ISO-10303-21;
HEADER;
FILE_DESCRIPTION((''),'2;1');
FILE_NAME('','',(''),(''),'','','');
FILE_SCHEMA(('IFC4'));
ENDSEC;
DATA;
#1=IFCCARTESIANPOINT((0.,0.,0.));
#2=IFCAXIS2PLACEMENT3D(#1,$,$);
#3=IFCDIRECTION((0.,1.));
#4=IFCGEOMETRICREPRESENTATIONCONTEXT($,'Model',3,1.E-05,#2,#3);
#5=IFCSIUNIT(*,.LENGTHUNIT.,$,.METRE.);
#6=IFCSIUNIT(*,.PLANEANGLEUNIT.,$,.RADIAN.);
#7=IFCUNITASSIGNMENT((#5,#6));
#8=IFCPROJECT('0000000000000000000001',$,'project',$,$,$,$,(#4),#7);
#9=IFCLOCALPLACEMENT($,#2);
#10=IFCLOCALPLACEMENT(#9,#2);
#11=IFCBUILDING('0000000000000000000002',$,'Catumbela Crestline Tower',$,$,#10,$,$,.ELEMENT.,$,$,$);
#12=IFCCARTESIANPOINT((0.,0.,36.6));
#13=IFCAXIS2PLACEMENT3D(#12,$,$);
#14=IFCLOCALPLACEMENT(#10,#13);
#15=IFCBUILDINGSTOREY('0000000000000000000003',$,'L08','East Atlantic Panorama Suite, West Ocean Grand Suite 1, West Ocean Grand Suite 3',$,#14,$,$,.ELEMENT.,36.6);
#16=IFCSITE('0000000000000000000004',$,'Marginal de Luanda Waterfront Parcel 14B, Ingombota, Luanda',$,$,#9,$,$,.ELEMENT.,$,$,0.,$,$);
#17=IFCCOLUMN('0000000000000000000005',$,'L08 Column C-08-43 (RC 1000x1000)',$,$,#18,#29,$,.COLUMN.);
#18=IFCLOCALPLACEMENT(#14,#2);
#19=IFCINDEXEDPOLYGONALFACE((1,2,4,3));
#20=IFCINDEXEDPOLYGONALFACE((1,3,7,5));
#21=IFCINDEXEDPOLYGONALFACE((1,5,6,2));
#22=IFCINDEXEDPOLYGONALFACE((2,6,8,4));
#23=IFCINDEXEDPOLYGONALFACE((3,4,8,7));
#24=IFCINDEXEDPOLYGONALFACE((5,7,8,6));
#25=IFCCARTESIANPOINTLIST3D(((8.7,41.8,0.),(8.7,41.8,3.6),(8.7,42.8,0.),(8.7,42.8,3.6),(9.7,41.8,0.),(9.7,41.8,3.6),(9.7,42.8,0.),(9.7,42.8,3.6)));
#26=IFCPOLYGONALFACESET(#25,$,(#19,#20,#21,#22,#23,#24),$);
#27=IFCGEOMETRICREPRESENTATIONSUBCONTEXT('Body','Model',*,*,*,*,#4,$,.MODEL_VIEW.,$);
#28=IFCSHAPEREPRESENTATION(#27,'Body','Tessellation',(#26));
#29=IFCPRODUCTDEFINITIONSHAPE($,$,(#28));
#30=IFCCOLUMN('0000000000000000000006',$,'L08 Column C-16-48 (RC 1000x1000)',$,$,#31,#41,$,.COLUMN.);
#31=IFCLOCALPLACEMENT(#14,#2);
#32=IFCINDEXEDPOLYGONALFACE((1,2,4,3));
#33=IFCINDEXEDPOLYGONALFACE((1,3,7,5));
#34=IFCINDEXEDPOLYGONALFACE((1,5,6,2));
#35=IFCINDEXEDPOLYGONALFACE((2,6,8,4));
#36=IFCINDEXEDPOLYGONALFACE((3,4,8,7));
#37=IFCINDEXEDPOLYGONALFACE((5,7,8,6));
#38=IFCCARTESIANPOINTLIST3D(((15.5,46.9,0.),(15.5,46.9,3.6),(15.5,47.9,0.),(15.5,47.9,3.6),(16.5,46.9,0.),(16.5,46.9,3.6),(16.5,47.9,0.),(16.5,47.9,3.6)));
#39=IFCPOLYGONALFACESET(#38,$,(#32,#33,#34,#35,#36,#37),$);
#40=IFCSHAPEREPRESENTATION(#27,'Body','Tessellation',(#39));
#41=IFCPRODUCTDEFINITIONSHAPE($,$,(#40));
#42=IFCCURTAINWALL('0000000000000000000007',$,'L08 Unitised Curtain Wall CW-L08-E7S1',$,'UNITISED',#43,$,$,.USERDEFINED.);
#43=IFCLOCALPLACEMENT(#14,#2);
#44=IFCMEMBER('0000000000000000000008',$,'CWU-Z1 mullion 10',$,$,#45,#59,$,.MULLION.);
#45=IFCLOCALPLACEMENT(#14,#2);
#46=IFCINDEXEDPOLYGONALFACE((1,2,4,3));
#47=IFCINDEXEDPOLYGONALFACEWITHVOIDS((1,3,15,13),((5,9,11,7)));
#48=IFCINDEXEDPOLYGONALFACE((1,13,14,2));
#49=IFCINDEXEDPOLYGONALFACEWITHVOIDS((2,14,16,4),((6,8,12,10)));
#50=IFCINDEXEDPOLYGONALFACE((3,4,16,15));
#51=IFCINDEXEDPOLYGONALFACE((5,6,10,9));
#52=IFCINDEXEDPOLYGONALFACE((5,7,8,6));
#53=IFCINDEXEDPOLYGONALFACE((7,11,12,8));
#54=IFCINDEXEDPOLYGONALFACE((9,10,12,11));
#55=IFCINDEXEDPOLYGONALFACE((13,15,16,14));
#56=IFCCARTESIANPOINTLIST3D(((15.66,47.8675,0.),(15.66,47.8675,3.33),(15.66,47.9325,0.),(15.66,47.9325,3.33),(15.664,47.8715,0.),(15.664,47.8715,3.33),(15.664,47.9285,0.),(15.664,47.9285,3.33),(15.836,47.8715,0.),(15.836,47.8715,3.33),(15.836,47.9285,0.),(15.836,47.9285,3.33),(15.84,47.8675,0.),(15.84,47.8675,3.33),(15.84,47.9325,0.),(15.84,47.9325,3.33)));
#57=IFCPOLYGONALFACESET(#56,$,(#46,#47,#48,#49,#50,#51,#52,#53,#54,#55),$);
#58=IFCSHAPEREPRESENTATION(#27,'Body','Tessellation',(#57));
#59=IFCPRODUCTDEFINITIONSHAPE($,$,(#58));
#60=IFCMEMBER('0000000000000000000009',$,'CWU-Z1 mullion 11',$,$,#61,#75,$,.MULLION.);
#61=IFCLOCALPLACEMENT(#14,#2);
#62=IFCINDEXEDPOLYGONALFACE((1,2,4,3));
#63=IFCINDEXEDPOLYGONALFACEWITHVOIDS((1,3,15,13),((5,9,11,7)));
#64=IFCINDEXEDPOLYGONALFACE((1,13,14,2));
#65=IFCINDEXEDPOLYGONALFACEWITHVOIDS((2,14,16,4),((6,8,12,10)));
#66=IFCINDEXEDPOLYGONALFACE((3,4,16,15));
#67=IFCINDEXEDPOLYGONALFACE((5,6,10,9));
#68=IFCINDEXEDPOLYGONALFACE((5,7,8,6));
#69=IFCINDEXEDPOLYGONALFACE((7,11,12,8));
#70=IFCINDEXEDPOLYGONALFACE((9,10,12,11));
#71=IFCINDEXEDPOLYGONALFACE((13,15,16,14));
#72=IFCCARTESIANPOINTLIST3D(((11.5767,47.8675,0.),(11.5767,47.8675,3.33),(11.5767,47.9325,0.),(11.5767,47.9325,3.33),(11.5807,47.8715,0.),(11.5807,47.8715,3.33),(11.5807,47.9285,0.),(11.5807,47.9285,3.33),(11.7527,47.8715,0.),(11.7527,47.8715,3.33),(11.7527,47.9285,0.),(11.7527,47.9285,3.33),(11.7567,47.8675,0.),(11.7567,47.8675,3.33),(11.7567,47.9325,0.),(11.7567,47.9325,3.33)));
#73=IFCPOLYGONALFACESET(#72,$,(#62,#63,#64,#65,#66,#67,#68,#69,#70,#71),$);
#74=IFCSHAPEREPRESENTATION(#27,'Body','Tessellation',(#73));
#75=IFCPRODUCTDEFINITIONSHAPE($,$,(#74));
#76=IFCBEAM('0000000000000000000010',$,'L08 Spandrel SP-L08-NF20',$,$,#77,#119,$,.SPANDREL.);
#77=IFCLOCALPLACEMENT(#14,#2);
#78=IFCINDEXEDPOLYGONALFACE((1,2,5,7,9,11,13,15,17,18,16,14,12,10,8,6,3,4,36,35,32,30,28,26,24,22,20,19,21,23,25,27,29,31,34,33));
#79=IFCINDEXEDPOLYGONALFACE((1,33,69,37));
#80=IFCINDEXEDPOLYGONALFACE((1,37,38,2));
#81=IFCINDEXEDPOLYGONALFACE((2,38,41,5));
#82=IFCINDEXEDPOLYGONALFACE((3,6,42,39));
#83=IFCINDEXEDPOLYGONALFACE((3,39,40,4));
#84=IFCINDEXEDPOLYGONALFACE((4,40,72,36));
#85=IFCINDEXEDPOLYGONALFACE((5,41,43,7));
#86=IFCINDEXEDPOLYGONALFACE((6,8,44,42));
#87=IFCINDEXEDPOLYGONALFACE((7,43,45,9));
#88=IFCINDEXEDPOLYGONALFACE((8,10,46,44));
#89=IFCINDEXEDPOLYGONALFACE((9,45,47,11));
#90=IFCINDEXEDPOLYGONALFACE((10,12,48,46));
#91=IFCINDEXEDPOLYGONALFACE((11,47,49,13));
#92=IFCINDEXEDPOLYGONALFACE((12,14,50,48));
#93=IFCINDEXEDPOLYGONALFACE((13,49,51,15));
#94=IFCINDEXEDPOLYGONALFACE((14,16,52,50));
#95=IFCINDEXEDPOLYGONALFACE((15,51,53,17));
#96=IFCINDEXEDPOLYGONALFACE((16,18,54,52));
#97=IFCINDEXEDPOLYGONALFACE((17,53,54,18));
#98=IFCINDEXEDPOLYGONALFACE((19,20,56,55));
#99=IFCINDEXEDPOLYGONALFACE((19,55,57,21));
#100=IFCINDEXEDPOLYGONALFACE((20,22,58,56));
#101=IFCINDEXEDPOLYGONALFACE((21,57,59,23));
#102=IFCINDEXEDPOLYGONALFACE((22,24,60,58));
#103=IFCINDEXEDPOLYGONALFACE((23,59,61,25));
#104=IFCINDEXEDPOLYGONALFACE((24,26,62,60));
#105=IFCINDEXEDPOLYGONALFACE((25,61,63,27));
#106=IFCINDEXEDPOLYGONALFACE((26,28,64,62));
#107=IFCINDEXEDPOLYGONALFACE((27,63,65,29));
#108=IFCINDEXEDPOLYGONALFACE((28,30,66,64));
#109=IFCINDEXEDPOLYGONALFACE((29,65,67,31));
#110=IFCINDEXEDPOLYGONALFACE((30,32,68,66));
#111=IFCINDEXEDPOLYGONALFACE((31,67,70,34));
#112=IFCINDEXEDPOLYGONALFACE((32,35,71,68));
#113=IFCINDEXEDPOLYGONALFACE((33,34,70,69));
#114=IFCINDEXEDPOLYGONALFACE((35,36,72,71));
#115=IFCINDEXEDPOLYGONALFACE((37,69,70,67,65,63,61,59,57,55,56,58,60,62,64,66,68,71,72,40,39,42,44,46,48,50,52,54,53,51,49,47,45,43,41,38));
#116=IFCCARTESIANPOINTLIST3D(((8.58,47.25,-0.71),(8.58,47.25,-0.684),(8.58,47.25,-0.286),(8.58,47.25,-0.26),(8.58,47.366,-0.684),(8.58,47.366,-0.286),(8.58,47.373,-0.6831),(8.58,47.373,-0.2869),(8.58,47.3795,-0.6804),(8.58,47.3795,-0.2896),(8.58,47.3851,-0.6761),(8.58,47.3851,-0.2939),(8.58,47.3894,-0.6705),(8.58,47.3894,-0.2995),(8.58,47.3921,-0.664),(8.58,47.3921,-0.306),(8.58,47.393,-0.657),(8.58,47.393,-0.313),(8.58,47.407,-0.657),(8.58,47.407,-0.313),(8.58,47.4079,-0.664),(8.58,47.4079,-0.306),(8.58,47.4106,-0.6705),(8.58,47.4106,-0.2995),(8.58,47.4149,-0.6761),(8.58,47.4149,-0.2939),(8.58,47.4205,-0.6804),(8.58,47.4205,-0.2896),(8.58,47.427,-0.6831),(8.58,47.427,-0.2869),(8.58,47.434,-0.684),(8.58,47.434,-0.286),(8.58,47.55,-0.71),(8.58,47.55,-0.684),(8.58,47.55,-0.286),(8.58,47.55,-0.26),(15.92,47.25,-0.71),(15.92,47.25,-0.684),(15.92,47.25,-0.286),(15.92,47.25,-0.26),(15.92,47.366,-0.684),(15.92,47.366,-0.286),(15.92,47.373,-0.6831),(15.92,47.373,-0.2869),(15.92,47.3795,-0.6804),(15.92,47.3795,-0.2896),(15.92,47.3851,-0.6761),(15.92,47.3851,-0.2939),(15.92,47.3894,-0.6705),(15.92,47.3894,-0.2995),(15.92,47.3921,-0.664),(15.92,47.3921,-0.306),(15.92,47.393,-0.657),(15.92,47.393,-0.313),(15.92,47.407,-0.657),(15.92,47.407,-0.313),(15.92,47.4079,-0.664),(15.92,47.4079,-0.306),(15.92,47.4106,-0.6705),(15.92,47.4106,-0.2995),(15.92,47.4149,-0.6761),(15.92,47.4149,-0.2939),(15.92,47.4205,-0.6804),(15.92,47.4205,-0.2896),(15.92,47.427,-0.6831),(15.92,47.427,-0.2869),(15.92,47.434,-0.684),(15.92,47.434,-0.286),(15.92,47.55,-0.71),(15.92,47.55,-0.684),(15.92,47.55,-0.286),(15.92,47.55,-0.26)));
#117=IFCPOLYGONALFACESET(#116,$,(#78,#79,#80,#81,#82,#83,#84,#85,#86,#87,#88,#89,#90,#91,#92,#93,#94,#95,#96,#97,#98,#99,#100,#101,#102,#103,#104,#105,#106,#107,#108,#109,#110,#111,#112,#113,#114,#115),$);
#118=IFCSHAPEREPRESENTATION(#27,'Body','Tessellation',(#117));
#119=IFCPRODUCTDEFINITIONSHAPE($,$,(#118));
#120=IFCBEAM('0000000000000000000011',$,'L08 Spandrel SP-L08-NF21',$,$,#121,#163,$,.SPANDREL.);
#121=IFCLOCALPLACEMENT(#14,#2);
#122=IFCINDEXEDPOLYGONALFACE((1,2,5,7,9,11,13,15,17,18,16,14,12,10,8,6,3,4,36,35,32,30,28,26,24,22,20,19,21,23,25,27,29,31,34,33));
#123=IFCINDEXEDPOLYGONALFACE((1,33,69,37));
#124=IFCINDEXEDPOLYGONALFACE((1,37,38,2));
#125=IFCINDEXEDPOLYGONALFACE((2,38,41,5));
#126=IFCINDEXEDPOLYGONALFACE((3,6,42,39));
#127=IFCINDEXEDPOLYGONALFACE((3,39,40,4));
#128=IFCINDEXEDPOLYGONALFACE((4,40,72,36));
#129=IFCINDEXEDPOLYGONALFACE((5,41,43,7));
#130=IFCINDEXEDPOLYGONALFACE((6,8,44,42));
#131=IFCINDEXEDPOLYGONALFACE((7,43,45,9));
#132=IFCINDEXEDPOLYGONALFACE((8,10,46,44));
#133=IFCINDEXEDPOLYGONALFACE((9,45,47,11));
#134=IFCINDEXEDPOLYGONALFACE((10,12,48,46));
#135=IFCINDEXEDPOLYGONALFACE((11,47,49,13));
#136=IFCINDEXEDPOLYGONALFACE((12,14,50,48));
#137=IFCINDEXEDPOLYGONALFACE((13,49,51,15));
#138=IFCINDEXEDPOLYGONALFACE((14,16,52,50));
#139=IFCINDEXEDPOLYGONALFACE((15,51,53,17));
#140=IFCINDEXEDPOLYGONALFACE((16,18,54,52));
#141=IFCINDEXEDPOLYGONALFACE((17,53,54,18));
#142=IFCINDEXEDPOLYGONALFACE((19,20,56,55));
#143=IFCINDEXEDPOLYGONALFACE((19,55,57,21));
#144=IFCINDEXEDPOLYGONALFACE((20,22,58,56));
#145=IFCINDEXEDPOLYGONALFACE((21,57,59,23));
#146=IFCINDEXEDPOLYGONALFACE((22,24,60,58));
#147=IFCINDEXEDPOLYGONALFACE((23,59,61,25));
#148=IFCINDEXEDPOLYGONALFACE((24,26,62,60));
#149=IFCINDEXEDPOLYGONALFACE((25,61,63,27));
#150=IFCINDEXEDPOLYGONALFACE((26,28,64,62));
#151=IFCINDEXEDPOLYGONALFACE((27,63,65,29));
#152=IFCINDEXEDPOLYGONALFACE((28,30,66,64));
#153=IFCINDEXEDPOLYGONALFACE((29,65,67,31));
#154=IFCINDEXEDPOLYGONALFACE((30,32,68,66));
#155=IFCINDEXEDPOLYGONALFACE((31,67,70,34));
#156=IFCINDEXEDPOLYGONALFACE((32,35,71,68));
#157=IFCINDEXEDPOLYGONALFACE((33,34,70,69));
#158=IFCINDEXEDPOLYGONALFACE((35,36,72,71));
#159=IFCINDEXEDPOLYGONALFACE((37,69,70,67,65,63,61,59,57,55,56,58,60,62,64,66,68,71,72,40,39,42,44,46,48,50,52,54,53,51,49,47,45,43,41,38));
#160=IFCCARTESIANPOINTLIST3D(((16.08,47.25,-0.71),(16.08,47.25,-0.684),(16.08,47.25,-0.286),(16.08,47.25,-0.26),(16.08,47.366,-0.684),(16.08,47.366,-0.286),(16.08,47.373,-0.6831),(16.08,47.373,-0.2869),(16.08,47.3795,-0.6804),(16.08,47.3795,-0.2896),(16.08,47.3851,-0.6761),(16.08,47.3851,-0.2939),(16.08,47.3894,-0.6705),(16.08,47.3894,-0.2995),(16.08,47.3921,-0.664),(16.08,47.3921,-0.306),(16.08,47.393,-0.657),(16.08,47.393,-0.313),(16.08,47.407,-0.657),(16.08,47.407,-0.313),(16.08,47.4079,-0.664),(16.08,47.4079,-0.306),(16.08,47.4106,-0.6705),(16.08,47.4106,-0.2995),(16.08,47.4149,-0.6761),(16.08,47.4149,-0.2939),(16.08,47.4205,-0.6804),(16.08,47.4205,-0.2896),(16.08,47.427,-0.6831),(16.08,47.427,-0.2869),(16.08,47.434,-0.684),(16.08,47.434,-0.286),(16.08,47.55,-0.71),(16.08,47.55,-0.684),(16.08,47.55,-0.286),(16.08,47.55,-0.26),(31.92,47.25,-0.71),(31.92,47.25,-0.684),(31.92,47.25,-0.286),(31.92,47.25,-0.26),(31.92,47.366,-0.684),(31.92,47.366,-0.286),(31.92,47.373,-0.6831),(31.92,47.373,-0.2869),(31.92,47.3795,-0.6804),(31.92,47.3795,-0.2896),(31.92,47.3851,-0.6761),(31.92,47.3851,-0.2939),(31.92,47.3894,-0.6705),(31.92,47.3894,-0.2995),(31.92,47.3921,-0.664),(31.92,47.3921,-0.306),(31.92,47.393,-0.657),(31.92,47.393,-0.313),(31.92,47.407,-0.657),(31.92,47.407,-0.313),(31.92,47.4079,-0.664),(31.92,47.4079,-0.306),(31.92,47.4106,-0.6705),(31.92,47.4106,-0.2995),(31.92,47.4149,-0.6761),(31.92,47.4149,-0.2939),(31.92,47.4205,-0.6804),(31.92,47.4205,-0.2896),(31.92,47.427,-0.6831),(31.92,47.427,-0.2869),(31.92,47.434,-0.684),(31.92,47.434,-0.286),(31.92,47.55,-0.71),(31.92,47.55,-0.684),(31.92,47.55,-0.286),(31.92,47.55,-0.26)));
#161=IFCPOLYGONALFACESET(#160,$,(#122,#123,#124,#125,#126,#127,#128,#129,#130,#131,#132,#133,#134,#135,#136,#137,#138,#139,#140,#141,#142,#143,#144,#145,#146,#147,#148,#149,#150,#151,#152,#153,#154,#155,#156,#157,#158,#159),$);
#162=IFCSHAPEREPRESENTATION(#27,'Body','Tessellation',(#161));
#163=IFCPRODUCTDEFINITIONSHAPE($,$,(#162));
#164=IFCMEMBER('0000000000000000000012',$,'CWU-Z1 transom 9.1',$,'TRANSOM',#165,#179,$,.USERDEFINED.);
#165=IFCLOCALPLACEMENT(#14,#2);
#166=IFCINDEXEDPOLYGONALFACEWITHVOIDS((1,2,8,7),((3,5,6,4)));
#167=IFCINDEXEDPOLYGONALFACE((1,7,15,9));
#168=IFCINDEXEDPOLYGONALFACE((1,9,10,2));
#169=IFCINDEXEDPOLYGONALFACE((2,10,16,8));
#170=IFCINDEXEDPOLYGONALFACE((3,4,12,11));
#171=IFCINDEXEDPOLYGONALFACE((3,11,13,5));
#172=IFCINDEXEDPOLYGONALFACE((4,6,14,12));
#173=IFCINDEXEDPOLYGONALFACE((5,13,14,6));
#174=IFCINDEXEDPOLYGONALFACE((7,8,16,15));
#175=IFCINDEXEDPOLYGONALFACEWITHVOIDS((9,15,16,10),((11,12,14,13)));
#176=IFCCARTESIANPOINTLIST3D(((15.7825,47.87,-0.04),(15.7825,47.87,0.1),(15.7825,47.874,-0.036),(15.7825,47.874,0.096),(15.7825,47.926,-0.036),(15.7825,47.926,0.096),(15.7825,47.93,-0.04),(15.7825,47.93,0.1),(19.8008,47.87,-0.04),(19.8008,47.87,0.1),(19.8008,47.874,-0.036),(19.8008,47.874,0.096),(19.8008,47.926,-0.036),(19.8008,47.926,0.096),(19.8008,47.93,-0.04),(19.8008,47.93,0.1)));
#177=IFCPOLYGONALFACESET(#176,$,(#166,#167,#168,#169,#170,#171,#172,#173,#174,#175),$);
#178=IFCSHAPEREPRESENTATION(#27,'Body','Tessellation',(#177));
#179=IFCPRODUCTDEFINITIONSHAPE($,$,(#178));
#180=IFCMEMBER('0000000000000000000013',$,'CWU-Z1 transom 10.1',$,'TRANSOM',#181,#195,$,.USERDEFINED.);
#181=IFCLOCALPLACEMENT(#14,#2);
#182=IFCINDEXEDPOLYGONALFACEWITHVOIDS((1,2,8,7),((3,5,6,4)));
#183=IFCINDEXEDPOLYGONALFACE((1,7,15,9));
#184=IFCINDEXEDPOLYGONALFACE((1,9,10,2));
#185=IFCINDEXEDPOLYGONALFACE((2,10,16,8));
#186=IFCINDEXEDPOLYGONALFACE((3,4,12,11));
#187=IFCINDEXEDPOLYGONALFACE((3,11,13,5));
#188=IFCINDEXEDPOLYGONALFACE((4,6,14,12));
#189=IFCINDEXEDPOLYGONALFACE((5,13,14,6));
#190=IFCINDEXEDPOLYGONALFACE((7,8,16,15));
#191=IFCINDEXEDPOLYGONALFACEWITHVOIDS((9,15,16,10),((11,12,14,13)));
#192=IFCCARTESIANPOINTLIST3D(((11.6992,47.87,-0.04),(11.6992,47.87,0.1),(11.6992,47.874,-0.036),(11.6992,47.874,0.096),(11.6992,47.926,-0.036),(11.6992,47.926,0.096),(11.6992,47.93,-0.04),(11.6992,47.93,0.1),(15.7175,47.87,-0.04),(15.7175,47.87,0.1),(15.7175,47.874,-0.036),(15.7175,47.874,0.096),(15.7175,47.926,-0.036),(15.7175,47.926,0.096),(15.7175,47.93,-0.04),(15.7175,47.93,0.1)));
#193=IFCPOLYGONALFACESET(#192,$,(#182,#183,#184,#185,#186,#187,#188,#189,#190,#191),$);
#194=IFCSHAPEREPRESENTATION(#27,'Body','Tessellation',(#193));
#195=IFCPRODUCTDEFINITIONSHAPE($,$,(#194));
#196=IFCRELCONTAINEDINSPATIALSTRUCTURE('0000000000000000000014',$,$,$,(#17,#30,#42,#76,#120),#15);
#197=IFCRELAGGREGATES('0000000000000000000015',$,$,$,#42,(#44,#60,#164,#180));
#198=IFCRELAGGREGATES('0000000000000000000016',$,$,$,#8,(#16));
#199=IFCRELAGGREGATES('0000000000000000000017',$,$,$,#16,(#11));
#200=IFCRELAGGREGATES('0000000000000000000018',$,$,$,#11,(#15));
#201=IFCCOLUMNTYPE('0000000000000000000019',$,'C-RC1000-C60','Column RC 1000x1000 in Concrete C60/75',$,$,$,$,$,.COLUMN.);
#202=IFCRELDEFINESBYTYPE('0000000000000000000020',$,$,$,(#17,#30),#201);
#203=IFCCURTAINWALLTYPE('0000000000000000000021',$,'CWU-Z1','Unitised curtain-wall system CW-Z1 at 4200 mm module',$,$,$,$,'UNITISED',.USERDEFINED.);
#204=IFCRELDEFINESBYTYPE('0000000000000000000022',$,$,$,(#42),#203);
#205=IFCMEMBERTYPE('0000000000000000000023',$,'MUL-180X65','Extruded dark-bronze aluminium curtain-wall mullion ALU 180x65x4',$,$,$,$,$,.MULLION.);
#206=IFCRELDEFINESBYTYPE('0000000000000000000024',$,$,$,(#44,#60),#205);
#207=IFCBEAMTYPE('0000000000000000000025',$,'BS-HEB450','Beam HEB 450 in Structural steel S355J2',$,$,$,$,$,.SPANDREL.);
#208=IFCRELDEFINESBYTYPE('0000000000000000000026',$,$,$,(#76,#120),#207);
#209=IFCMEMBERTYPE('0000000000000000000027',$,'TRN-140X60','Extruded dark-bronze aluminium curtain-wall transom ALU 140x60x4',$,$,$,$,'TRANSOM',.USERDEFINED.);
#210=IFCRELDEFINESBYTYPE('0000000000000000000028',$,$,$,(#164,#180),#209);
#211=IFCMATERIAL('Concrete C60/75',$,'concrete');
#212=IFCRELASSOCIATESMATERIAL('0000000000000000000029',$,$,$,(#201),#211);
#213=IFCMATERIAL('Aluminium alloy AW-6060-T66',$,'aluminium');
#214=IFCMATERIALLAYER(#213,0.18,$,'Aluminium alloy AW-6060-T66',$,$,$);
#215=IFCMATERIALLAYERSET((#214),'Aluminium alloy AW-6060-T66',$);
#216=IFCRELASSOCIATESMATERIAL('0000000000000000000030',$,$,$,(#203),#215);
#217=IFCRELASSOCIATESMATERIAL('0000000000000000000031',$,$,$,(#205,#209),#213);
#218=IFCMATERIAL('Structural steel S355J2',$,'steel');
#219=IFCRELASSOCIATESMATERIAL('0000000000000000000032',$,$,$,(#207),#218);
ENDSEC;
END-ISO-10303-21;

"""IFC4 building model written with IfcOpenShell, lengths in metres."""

from ifc_helpers import new_model, si_unit, direction, frame, origin, origin_2d, place, context, subcontext, project, spatial, rectangle, hollow_rectangle, i_section, extrude, material, layer, layer_set, material_profile, profile_set, type_object, element, aggregate, save


model = new_model("IFC4")

# Units and contexts
model_context = context("Model", 3, precision=1e-05, world=origin(), true_north=direction((0.0, 1.0)))
body_context = subcontext(model_context, "Body", "Model", "MODEL_VIEW")
ifc_project = project(units=[si_unit("LENGTHUNIT", "METRE"), si_unit("PLANEANGLEUNIT", "RADIAN")], contexts=[model_context])

# Site, building, storey
site_placement = place(None, origin())
site = spatial("IfcSite", under=ifc_project, at=site_placement, Name="Marginal de Luanda Waterfront Parcel 14B, Ingombota, Luanda", CompositionType="ELEMENT", RefElevation=0.0)
building_placement = place(site_placement, origin())
building = spatial("IfcBuilding", under=site, at=building_placement, Name="Catumbela Crestline Tower", CompositionType="ELEMENT")
storey_placement = place(building_placement, frame((0.0, 0.0, 36.6)))
storey = spatial("IfcBuildingStorey", under=building, at=storey_placement, Name="L08", Description="East Atlantic Panorama Suite, West Ocean Grand Suite 1, West Ocean Grand Suite 3", CompositionType="ELEMENT", Elevation=36.6)

# Columns
ifc_material_1 = material(Name="Concrete C60/75", Category="concrete")
ifc_material_profile_1 = material_profile(ifc_material_1, rectangle(XDim=1.0, YDim=1.0, at=origin_2d()), Name="RC 1000x1000")
ifc_profile_set_1 = profile_set([ifc_material_profile_1], Name="Concrete C60/75")
column_type = type_object("IfcColumnType", Name="C-RC1000-C60", Description="Column RC 1000x1000 in Concrete C60/75", PredefinedType="COLUMN", material=ifc_profile_set_1)
for number, where, z_axis, x_axis, name in (
    (1, (9.2, 42.3, 0.0), (0.0, 0.0, 1.0), (1.0, 0.0, 0.0), "L08 Column C-08-43 (RC 1000x1000)"),
    (2, (16.0, 47.4, 0.0), (0.0, 0.0, 1.0), (1.0, 0.0, 0.0), "L08 Column C-16-48 (RC 1000x1000)"),
):
    element("IfcColumn", number, at=place(storey_placement, frame(where, z_axis=z_axis, x_axis=x_axis)), inside=storey, type_object=column_type, Name=name, PredefinedType="COLUMN", context=body_context, shape_type="SweptSolid", body=[
        extrude(rectangle(XDim=1.0, YDim=1.0, at=origin_2d()), origin(), (0.0, 0.0, 1.0), 3.6),
    ])

# Curtain wall, members
ifc_material_2 = material(Name="Aluminium alloy AW-6060-T66", Category="aluminium")
ifc_layer_1 = layer(ifc_material_2, 0.18, Name="Aluminium alloy AW-6060-T66")
ifc_layer_set_1 = layer_set([ifc_layer_1], Name="Aluminium alloy AW-6060-T66")
curtain_wall_type = type_object("IfcCurtainWallType", Name="CWU-Z1", Description="Unitised curtain-wall system CW-Z1 at 4200 mm module", ElementType="UNITISED", PredefinedType="USERDEFINED", material=ifc_layer_set_1)
curtain_wall_placement = place(storey_placement, origin())
curtain_wall = element("IfcCurtainWall", 3, at=curtain_wall_placement, inside=storey, type_object=curtain_wall_type, Name="L08 Unitised Curtain Wall CW-L08-E7S1", ObjectType="UNITISED", PredefinedType="USERDEFINED")
ifc_material_profile_2 = material_profile(ifc_material_2, hollow_rectangle(XDim=0.065, YDim=0.18, WallThickness=0.004, at=origin_2d()), Name="ALU 180x65x4")
ifc_profile_set_2 = profile_set([ifc_material_profile_2], Name="Aluminium alloy AW-6060-T66")
member_type_1 = type_object("IfcMemberType", Name="MUL-180X65", Description="Extruded dark-bronze aluminium curtain-wall mullion ALU 180x65x4", PredefinedType="MULLION", material=ifc_profile_set_2)
member_1_placement = place(storey_placement, frame((15.75, 47.9, 0.0), z_axis=(0.0, 0.0, 1.0), x_axis=(0.0, -1.0, 0.0)))
member_1 = element("IfcMember", 4, at=member_1_placement, type_object=member_type_1, Name="CWU-Z1 mullion 10", PredefinedType="MULLION", context=body_context, shape_type="SweptSolid", body=[
    extrude(hollow_rectangle(XDim=0.065, YDim=0.18, WallThickness=0.004, at=origin_2d()), origin(), (0.0, 0.0, 1.0), 3.33),
])
member_2_placement = place(storey_placement, frame((11.6667, 47.9, 0.0), z_axis=(0.0, 0.0, 1.0), x_axis=(0.0, -1.0, 0.0)))
member_2 = element("IfcMember", 5, at=member_2_placement, type_object=member_type_1, Name="CWU-Z1 mullion 11", PredefinedType="MULLION", context=body_context, shape_type="SweptSolid", body=[
    extrude(hollow_rectangle(XDim=0.065, YDim=0.18, WallThickness=0.004, at=origin_2d()), origin(), (0.0, 0.0, 1.0), 3.33),
])

# Beams
ifc_material_3 = material(Name="Structural steel S355J2", Category="steel")
ifc_material_profile_3 = material_profile(ifc_material_3, i_section(OverallWidth=0.3, OverallDepth=0.45, WebThickness=0.014, FlangeThickness=0.026, FilletRadius=0.027, at=origin_2d()), Name="HEB 450")
ifc_profile_set_3 = profile_set([ifc_material_profile_3], Name="Structural steel S355J2")
beam_type = type_object("IfcBeamType", Name="BS-HEB450", Description="Beam HEB 450 in Structural steel S355J2", PredefinedType="SPANDREL", material=ifc_profile_set_3)
beam_1_placement = place(storey_placement, frame((8.58, 47.4, -0.485), z_axis=(1.0, 0.0, 0.0), x_axis=(0.0, 1.0, 0.0)))
element("IfcBeam", 6, at=beam_1_placement, inside=storey, type_object=beam_type, Name="L08 Spandrel SP-L08-NF20", PredefinedType="SPANDREL", context=body_context, shape_type="SweptSolid", body=[
    extrude(i_section(OverallWidth=0.3, OverallDepth=0.45, WebThickness=0.014, FlangeThickness=0.026, FilletRadius=0.027, at=origin_2d()), origin(), (0.0, 0.0, 1.0), 7.34),
])
beam_2_placement = place(storey_placement, frame((16.08, 47.4, -0.485), z_axis=(1.0, 0.0, 0.0), x_axis=(0.0, 1.0, 0.0)))
element("IfcBeam", 7, at=beam_2_placement, inside=storey, type_object=beam_type, Name="L08 Spandrel SP-L08-NF21", PredefinedType="SPANDREL", context=body_context, shape_type="SweptSolid", body=[
    extrude(i_section(OverallWidth=0.3, OverallDepth=0.45, WebThickness=0.014, FlangeThickness=0.026, FilletRadius=0.027, at=origin_2d()), origin(), (0.0, 0.0, 1.0), 15.84),
])

# Members
ifc_material_profile_4 = material_profile(ifc_material_2, hollow_rectangle(XDim=0.06, YDim=0.14, WallThickness=0.004, at=origin_2d()), Name="ALU 140x60x4")
ifc_profile_set_4 = profile_set([ifc_material_profile_4], Name="Aluminium alloy AW-6060-T66")
member_type_2 = type_object("IfcMemberType", Name="TRN-140X60", Description="Extruded dark-bronze aluminium curtain-wall transom ALU 140x60x4", ElementType="TRANSOM", PredefinedType="USERDEFINED", material=ifc_profile_set_4)
member_3_placement = place(storey_placement, frame((19.8008, 47.9, 0.03), z_axis=(-1.0, 0.0, 0.0), x_axis=(0.0, -1.0, 0.0)))
member_3 = element("IfcMember", 8, at=member_3_placement, type_object=member_type_2, Name="CWU-Z1 transom 9.1", ObjectType="TRANSOM", PredefinedType="USERDEFINED", context=body_context, shape_type="SweptSolid", body=[
    extrude(hollow_rectangle(XDim=0.06, YDim=0.14, WallThickness=0.004, at=origin_2d()), origin(), (0.0, 0.0, 1.0), 4.0183),
])
member_4_placement = place(storey_placement, frame((15.7175, 47.9, 0.03), z_axis=(-1.0, 0.0, 0.0), x_axis=(0.0, -1.0, 0.0)))
member_4 = element("IfcMember", 9, at=member_4_placement, type_object=member_type_2, Name="CWU-Z1 transom 10.1", ObjectType="TRANSOM", PredefinedType="USERDEFINED", context=body_context, shape_type="SweptSolid", body=[
    extrude(hollow_rectangle(XDim=0.06, YDim=0.14, WallThickness=0.004, at=origin_2d()), origin(), (0.0, 0.0, 1.0), 4.0183),
])

aggregate(curtain_wall, [member_1, member_2, member_3, member_4])

save(model, "model.ifc")
